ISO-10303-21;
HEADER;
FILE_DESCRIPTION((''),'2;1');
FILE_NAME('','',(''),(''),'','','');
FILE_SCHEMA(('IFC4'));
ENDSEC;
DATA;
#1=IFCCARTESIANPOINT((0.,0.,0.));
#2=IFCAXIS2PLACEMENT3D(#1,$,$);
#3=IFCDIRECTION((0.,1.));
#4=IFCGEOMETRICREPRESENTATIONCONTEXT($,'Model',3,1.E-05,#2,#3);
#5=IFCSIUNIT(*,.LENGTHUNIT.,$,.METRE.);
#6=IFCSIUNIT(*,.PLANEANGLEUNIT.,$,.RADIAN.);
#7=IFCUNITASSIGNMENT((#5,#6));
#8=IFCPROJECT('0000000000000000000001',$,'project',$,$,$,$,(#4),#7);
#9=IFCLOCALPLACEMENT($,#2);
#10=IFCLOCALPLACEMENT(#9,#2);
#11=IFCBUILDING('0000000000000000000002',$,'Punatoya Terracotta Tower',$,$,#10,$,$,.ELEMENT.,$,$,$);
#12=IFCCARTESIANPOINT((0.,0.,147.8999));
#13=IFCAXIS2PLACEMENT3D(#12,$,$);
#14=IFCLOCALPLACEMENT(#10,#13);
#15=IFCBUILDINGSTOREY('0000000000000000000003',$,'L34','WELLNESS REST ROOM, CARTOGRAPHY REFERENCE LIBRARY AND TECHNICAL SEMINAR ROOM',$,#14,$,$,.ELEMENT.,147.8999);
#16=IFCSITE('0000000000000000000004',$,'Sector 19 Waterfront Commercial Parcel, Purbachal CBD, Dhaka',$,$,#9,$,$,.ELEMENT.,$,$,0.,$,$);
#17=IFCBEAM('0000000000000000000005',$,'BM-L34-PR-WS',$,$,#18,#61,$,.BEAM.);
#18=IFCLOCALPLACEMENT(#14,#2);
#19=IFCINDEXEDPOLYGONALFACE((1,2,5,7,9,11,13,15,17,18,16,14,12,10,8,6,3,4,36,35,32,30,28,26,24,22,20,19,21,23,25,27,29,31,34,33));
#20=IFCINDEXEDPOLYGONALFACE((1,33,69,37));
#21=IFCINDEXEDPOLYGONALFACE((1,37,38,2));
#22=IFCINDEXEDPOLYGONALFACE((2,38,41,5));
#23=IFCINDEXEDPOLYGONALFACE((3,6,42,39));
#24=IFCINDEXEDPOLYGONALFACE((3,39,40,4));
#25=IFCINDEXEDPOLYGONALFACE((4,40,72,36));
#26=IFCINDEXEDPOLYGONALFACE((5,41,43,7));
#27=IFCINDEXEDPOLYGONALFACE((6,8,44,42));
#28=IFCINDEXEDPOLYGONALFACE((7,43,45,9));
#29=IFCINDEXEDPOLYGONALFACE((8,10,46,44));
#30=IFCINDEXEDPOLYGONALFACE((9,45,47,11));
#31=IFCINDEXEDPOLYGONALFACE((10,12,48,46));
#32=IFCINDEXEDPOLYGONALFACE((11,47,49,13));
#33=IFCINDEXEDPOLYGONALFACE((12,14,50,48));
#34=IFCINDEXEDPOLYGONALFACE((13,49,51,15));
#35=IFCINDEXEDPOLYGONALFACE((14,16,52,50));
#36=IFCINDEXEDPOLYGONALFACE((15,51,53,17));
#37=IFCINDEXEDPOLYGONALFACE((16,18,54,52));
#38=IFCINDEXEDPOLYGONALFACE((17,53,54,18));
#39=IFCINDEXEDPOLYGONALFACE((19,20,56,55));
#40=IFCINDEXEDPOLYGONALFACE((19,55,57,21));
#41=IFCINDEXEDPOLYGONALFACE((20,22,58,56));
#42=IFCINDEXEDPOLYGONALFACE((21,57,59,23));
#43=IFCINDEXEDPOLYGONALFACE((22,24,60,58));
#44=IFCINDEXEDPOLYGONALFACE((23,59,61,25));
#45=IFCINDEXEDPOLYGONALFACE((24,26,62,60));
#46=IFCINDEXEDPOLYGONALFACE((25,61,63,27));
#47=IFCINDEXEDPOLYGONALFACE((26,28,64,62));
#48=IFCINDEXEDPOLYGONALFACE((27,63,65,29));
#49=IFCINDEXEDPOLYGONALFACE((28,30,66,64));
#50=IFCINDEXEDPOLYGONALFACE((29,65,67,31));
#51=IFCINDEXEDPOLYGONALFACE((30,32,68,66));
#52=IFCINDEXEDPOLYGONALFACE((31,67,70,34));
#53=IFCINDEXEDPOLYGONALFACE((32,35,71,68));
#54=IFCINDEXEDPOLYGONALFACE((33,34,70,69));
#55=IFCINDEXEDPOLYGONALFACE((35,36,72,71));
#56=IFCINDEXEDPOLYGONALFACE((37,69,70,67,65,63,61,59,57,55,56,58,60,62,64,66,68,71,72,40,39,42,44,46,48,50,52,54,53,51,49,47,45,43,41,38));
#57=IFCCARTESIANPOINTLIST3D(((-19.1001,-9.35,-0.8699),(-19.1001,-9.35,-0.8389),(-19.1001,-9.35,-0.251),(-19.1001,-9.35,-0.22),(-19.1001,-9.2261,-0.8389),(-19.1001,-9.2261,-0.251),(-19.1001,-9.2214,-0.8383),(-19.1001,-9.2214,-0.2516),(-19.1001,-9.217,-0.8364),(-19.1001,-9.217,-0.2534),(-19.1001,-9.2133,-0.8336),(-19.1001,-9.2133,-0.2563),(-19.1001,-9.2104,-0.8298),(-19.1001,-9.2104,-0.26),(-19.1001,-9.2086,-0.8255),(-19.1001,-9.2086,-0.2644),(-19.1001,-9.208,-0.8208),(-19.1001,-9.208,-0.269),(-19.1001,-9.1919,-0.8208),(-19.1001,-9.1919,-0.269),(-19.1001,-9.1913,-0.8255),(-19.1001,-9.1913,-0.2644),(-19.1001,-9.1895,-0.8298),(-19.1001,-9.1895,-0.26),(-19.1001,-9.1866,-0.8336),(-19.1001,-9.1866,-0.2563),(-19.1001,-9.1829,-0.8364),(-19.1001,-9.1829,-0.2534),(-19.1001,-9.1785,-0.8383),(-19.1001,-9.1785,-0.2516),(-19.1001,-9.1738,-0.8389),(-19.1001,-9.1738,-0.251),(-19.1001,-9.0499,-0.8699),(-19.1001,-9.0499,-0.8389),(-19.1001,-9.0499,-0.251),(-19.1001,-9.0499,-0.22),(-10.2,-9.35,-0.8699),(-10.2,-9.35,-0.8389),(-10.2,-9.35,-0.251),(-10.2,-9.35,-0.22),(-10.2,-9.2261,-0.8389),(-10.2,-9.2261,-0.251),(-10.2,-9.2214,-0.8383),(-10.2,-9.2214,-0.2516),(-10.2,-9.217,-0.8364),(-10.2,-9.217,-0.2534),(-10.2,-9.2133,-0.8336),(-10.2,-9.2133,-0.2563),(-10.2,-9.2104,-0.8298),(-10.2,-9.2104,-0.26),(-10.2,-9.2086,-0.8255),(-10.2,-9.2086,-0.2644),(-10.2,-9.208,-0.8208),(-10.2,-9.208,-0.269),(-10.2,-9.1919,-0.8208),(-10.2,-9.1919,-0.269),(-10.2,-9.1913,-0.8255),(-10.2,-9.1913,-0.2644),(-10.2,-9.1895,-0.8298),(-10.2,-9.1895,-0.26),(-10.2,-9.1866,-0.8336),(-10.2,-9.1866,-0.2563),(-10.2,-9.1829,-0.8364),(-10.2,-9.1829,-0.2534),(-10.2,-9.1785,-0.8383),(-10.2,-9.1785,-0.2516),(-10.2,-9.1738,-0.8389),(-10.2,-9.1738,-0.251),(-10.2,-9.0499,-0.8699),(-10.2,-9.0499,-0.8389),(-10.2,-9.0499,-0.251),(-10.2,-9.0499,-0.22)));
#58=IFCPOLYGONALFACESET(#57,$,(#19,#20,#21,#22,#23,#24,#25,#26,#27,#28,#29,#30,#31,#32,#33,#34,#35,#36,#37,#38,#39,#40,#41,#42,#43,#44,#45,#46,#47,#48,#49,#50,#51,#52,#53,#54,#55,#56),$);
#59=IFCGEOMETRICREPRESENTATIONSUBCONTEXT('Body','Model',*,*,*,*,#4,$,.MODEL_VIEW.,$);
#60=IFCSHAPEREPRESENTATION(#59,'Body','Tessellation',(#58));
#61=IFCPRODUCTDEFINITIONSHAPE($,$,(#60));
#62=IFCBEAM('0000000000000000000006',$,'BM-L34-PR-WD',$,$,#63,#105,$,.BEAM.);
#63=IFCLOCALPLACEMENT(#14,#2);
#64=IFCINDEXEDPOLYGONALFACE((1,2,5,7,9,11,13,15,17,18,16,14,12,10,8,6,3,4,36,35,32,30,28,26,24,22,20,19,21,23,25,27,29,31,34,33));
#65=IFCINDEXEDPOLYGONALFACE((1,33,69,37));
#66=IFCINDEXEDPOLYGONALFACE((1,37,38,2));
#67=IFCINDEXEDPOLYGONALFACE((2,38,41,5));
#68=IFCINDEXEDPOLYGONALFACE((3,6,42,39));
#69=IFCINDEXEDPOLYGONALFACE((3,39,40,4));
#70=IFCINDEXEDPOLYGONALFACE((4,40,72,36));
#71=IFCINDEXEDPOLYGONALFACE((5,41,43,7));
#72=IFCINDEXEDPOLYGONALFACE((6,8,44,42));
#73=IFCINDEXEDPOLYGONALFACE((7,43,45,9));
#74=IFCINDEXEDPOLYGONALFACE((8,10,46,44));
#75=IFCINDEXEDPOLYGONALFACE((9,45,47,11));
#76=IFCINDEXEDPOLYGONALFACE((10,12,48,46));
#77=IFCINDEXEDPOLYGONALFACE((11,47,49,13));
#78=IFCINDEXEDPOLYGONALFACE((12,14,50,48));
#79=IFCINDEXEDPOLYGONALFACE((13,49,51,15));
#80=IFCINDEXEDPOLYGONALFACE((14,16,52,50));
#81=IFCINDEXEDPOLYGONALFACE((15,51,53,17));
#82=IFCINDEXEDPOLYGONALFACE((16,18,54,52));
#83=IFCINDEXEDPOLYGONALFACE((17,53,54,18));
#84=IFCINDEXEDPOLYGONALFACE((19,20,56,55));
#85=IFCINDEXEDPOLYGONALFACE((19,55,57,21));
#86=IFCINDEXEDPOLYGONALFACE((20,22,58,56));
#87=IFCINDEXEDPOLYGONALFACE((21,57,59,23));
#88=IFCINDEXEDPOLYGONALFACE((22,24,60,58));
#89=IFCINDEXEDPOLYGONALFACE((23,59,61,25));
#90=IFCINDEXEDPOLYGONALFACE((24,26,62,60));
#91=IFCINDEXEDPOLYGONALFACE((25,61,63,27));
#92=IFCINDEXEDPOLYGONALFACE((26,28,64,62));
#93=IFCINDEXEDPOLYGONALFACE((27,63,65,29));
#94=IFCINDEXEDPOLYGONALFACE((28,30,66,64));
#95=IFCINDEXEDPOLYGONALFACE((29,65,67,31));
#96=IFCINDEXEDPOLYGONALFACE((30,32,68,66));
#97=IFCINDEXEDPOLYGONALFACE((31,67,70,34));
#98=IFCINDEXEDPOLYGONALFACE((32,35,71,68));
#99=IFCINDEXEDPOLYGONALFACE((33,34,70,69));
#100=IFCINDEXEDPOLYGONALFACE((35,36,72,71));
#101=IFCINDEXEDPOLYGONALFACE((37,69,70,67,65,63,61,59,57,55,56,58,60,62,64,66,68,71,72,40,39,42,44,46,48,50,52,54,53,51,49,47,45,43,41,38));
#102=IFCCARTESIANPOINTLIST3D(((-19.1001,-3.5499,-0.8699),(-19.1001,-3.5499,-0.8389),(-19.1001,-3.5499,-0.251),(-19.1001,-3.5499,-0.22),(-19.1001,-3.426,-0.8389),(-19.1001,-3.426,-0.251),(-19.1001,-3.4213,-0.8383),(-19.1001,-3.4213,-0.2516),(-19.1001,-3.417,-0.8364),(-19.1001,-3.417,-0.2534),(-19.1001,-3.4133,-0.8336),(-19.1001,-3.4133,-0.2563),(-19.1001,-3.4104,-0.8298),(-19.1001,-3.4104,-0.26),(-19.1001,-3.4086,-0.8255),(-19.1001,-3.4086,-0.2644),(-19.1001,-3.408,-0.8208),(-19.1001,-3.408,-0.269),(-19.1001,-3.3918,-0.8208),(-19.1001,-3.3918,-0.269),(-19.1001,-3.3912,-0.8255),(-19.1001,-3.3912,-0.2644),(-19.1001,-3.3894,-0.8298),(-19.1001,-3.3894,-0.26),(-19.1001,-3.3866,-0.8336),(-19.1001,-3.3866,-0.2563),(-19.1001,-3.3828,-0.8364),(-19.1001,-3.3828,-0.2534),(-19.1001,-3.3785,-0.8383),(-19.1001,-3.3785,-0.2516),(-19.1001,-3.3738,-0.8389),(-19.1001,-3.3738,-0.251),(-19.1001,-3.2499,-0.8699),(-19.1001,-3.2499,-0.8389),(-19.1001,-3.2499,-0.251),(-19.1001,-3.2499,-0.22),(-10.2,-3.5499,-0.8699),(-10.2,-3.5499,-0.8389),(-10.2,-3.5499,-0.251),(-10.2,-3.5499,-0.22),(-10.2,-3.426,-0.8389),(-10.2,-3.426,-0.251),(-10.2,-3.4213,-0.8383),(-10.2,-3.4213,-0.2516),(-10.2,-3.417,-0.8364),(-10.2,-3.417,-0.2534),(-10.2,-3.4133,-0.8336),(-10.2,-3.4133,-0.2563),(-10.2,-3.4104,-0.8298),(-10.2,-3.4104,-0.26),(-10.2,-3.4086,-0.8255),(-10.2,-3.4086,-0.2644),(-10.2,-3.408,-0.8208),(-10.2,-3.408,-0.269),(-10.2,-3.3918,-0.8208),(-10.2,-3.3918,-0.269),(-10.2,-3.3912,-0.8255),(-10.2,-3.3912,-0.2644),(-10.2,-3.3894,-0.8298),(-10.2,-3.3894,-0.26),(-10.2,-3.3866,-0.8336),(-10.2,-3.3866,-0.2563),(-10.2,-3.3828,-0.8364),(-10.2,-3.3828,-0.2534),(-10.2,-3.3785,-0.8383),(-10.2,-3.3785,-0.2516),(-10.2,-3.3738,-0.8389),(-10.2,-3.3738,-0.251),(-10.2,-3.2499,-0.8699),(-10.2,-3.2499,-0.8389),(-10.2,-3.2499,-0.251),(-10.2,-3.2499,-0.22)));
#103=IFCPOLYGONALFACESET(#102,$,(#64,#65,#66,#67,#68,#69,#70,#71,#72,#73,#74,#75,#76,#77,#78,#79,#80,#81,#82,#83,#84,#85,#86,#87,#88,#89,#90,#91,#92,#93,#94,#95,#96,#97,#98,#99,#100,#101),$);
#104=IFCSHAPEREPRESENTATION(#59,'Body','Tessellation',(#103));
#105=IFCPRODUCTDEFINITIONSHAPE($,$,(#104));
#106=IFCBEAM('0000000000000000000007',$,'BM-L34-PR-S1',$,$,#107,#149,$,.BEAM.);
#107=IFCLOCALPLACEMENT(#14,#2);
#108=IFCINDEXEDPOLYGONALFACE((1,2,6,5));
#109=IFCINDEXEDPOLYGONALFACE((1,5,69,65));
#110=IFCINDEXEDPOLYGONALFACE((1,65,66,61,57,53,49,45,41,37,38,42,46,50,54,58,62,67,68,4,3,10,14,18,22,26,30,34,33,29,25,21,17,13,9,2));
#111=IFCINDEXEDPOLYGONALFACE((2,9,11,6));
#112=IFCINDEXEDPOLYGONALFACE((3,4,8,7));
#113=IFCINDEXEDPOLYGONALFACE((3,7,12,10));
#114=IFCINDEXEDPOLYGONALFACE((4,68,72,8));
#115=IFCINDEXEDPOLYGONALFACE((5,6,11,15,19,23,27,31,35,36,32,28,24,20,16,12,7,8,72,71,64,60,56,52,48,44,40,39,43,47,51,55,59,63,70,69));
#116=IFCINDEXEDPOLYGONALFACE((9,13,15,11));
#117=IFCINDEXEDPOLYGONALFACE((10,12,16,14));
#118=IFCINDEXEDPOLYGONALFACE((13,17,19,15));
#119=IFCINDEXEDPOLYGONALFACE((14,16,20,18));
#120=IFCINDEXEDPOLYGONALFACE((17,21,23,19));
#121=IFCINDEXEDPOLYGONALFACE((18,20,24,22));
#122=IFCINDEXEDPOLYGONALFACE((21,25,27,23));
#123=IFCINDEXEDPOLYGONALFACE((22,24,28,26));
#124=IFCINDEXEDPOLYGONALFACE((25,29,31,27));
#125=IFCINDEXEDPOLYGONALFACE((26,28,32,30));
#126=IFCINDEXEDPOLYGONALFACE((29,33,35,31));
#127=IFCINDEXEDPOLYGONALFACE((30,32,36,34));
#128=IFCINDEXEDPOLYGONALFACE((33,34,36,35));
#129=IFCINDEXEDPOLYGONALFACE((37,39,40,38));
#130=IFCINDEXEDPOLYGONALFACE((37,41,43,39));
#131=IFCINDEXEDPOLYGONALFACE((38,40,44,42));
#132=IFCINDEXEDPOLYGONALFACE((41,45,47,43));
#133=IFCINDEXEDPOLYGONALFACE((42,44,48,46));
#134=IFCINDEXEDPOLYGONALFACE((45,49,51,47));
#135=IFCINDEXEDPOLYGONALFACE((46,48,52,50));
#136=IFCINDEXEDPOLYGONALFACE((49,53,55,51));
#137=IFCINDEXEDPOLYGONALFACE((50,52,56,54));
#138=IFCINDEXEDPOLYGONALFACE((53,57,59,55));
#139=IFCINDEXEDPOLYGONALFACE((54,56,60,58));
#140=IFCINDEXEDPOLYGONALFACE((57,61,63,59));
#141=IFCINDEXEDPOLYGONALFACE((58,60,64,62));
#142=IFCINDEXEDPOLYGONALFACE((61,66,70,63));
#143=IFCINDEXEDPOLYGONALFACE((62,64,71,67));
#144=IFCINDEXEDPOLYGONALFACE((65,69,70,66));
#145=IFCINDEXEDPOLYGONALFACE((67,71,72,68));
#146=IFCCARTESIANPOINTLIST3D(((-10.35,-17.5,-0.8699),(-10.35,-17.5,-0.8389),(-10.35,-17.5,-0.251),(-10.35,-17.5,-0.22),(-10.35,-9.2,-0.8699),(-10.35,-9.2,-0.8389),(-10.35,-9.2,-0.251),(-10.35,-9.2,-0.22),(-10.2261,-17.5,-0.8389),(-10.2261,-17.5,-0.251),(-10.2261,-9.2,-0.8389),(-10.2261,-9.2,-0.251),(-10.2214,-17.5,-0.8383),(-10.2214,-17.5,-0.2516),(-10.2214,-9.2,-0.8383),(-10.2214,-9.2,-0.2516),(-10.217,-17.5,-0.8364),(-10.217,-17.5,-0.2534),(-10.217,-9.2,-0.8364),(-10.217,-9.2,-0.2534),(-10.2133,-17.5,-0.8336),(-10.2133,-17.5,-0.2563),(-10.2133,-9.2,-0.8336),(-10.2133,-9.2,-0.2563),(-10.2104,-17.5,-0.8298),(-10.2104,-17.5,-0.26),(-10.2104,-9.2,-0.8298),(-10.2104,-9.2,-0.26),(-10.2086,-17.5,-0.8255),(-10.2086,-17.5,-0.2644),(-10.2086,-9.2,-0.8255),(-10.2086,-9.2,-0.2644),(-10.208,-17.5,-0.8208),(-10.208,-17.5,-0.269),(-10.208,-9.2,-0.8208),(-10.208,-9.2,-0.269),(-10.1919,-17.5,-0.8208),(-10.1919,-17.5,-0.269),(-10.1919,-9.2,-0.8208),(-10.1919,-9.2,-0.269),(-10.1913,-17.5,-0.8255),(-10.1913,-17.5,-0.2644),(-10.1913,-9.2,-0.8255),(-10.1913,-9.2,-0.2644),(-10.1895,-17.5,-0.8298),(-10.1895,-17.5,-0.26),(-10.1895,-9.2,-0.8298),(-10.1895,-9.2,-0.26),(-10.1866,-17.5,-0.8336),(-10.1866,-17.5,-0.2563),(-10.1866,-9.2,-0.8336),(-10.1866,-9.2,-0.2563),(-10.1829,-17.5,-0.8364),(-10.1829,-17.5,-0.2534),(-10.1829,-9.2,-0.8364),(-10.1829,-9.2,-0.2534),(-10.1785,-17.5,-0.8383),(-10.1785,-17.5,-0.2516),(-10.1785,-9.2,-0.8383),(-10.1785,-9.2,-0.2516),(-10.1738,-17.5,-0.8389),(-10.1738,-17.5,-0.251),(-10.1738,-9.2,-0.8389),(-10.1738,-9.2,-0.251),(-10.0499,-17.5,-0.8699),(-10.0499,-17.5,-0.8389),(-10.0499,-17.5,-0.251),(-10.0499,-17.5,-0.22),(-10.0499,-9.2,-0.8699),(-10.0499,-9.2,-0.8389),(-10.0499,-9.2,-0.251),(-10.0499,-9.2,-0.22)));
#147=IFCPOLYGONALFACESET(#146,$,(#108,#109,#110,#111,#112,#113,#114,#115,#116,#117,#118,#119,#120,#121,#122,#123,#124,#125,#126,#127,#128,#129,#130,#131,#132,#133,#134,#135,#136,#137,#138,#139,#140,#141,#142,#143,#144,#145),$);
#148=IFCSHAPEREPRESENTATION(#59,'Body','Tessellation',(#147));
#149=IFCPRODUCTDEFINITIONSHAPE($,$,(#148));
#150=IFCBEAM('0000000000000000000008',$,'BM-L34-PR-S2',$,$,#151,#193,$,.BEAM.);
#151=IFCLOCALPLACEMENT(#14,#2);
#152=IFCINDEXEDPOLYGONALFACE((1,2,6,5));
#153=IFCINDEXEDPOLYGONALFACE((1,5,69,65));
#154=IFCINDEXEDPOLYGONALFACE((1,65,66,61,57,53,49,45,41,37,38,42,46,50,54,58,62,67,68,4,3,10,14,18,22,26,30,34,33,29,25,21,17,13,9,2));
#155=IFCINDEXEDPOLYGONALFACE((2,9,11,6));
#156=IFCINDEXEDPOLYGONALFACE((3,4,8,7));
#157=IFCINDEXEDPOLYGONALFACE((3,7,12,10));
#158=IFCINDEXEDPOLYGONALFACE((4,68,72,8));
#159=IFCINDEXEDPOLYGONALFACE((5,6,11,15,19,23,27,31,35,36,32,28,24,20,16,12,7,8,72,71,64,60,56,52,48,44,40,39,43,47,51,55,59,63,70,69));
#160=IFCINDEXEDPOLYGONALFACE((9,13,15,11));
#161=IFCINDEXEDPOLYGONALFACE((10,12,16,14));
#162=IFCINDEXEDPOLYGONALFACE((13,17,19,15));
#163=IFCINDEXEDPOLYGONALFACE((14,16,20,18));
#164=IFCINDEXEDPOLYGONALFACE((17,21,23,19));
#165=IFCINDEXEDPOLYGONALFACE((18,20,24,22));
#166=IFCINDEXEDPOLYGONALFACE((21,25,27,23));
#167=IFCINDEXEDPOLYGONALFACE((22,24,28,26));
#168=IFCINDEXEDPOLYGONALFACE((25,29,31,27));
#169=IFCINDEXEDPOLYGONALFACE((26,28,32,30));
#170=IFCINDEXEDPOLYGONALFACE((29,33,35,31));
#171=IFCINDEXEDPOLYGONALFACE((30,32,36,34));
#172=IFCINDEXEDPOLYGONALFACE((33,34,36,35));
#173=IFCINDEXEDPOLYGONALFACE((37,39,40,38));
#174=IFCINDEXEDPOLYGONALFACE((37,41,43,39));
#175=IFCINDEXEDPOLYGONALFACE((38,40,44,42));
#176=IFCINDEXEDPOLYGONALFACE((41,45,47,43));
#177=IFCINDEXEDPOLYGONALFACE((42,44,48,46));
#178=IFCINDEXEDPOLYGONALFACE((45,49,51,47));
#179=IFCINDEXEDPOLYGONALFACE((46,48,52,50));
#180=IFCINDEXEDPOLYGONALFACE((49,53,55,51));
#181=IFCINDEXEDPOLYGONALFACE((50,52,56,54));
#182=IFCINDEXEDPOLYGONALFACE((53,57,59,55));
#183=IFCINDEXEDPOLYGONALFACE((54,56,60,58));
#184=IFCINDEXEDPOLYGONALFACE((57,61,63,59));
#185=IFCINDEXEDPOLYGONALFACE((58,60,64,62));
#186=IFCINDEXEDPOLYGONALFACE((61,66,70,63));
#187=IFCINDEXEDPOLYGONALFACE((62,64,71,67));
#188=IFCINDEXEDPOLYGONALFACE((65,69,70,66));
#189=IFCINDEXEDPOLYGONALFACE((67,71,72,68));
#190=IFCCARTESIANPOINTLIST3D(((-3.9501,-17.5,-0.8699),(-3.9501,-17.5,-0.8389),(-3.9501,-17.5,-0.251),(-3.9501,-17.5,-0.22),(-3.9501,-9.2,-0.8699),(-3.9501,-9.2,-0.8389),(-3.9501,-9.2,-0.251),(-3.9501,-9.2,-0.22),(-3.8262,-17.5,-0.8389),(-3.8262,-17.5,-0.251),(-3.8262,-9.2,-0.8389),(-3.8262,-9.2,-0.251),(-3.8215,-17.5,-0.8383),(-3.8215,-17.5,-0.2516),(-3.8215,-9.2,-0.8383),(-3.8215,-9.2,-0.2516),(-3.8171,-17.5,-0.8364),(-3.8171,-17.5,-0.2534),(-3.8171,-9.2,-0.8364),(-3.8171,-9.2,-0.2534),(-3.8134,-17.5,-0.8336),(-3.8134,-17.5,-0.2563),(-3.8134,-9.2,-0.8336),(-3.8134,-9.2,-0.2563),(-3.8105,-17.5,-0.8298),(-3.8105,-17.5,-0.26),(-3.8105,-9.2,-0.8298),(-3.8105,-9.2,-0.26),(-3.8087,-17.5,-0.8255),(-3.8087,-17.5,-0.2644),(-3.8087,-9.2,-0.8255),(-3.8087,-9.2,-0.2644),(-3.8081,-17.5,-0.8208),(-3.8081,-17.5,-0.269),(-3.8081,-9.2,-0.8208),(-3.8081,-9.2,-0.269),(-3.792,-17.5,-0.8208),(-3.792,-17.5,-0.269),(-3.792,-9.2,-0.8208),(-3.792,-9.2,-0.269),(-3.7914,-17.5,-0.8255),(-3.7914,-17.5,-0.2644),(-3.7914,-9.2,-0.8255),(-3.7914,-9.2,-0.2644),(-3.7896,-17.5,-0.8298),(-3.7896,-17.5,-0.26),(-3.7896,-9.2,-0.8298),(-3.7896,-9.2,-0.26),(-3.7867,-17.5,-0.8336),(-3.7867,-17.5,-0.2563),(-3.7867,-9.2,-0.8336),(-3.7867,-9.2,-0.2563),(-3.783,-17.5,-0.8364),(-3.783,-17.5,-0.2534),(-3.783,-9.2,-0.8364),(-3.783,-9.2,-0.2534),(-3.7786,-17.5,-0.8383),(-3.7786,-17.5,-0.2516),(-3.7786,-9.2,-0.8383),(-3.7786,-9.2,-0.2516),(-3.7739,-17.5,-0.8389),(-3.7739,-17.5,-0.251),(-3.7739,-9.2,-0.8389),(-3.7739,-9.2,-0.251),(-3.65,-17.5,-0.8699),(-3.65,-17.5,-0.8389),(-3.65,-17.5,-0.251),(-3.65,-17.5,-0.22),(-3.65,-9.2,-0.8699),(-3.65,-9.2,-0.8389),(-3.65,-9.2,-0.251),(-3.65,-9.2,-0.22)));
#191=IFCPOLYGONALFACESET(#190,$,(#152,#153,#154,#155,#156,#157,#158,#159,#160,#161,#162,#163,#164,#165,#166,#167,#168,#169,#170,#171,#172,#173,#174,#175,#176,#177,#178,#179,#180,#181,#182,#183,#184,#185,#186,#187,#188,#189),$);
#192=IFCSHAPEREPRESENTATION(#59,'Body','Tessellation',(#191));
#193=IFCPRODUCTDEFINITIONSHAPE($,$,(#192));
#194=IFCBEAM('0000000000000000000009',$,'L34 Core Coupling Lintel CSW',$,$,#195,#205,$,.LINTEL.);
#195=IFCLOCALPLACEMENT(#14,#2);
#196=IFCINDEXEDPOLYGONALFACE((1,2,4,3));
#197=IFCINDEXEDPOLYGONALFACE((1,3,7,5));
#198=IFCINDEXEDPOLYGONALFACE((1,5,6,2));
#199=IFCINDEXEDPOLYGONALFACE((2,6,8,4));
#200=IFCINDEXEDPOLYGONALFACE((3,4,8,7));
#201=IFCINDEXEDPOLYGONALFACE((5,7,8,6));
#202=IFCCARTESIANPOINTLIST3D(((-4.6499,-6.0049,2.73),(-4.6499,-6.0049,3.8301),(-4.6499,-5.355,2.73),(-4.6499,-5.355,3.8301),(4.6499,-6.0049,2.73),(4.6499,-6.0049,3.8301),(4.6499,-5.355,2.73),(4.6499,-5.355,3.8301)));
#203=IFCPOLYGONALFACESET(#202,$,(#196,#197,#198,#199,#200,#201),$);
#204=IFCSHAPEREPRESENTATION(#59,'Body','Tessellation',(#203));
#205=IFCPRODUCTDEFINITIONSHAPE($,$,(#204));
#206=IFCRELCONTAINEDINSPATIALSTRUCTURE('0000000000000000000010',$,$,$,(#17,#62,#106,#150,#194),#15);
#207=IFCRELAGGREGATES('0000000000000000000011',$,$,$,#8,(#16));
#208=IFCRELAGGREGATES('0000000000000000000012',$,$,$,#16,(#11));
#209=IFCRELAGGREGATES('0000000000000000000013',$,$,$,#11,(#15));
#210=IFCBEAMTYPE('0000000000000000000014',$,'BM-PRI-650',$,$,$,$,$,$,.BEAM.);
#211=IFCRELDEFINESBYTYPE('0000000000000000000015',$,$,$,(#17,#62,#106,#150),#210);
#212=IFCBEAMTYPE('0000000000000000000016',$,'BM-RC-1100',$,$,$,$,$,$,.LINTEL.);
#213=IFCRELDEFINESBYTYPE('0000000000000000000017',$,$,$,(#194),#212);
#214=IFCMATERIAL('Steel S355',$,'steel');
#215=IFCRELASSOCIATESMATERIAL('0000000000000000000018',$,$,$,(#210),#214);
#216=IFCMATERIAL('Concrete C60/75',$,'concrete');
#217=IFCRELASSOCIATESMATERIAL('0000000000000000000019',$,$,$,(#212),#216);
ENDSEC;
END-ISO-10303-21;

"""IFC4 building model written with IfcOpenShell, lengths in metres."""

from ifc_helpers import new_model, si_unit, direction, frame, origin, origin_2d, place, context, subcontext, project, spatial, rectangle, i_section, extrude, material, material_profile, profile_set, type_object, element, save


model = new_model("IFC4")

# Units and contexts
model_context = context("Model", 3, precision=1e-05, world=origin(), true_north=direction((0.0, 1.0)))
body_context = subcontext(model_context, "Body", "Model", "MODEL_VIEW")
ifc_project = project(units=[si_unit("LENGTHUNIT", "METRE"), si_unit("PLANEANGLEUNIT", "RADIAN")], contexts=[model_context])

# Site, building, storey
site_placement = place(None, origin())
site = spatial("IfcSite", under=ifc_project, at=site_placement, Name="Sector 19 Waterfront Commercial Parcel, Purbachal CBD, Dhaka", CompositionType="ELEMENT", RefElevation=0.0)
building_placement = place(site_placement, origin())
building = spatial("IfcBuilding", under=site, at=building_placement, Name="Punatoya Terracotta Tower", CompositionType="ELEMENT")
storey_placement = place(building_placement, frame((0.0, 0.0, 147.8999)))
storey = spatial("IfcBuildingStorey", under=building, at=storey_placement, Name="L34", Description="WELLNESS REST ROOM, CARTOGRAPHY REFERENCE LIBRARY AND TECHNICAL SEMINAR ROOM", CompositionType="ELEMENT", Elevation=147.8999)

# Beams
ifc_material_1 = material(Name="Steel S355", Category="steel")
ifc_material_profile_1 = material_profile(ifc_material_1, i_section(OverallWidth=0.3, OverallDepth=0.6499, WebThickness=0.0161, FlangeThickness=0.031, FilletRadius=0.0181, at=origin_2d()))
ifc_profile_set_1 = profile_set([ifc_material_profile_1], Name="Steel S355")
beam_type_1 = type_object("IfcBeamType", Name="BM-PRI-650", PredefinedType="BEAM", material=ifc_profile_set_1)
for number, where, z_axis, x_axis, name in (
    (1, (-19.1001, -9.2, -0.5449), (1.0, 0.0, 0.0), (0.0, 1.0, 0.0), "BM-L34-PR-WS"),
    (2, (-19.1001, -3.3999, -0.5449), (1.0, 0.0, 0.0), (0.0, 1.0, 0.0), "BM-L34-PR-WD"),
):
    element("IfcBeam", number, at=place(storey_placement, frame(where, z_axis=z_axis, x_axis=x_axis)), inside=storey, type_object=beam_type_1, Name=name, PredefinedType="BEAM", context=body_context, shape_type="SweptSolid", body=[
        extrude(i_section(OverallWidth=0.3, OverallDepth=0.6499, WebThickness=0.0161, FlangeThickness=0.031, FilletRadius=0.0181, at=origin_2d()), origin(), (0.0, 0.0, 1.0), 8.9001),
    ])
for number, where, z_axis, x_axis, name in (
    (3, (-10.2, -17.5, -0.5449), (0.0, 1.0, 0.0), (-1.0, 0.0, 0.0), "BM-L34-PR-S1"),
    (4, (-3.8, -17.5, -0.5449), (0.0, 1.0, 0.0), (-1.0, 0.0, 0.0), "BM-L34-PR-S2"),
):
    element("IfcBeam", number, at=place(storey_placement, frame(where, z_axis=z_axis, x_axis=x_axis)), inside=storey, type_object=beam_type_1, Name=name, PredefinedType="BEAM", context=body_context, shape_type="SweptSolid", body=[
        extrude(i_section(OverallWidth=0.3, OverallDepth=0.6499, WebThickness=0.0161, FlangeThickness=0.031, FilletRadius=0.0181, at=origin_2d()), origin(), (0.0, 0.0, 1.0), 8.3),
    ])
ifc_material_2 = material(Name="Concrete C60/75", Category="concrete")
ifc_material_profile_2 = material_profile(ifc_material_2, rectangle(XDim=0.6499, YDim=1.1001, at=origin_2d()))
ifc_profile_set_2 = profile_set([ifc_material_profile_2], Name="Concrete C60/75")
beam_type_2 = type_object("IfcBeamType", Name="BM-RC-1100", PredefinedType="LINTEL", material=ifc_profile_set_2)
beam_1_placement = place(storey_placement, frame((-4.6499, -5.6799, 3.28), z_axis=(1.0, 0.0, 0.0), x_axis=(0.0, 1.0, 0.0)))
element("IfcBeam", 5, at=beam_1_placement, inside=storey, type_object=beam_type_2, Name="L34 Core Coupling Lintel CSW", PredefinedType="LINTEL", context=body_context, shape_type="SweptSolid", body=[
    extrude(rectangle(XDim=0.6499, YDim=1.1001, at=origin_2d()), origin(), (0.0, 0.0, 1.0), 9.2998),
])

save(model, "model.ifc")
